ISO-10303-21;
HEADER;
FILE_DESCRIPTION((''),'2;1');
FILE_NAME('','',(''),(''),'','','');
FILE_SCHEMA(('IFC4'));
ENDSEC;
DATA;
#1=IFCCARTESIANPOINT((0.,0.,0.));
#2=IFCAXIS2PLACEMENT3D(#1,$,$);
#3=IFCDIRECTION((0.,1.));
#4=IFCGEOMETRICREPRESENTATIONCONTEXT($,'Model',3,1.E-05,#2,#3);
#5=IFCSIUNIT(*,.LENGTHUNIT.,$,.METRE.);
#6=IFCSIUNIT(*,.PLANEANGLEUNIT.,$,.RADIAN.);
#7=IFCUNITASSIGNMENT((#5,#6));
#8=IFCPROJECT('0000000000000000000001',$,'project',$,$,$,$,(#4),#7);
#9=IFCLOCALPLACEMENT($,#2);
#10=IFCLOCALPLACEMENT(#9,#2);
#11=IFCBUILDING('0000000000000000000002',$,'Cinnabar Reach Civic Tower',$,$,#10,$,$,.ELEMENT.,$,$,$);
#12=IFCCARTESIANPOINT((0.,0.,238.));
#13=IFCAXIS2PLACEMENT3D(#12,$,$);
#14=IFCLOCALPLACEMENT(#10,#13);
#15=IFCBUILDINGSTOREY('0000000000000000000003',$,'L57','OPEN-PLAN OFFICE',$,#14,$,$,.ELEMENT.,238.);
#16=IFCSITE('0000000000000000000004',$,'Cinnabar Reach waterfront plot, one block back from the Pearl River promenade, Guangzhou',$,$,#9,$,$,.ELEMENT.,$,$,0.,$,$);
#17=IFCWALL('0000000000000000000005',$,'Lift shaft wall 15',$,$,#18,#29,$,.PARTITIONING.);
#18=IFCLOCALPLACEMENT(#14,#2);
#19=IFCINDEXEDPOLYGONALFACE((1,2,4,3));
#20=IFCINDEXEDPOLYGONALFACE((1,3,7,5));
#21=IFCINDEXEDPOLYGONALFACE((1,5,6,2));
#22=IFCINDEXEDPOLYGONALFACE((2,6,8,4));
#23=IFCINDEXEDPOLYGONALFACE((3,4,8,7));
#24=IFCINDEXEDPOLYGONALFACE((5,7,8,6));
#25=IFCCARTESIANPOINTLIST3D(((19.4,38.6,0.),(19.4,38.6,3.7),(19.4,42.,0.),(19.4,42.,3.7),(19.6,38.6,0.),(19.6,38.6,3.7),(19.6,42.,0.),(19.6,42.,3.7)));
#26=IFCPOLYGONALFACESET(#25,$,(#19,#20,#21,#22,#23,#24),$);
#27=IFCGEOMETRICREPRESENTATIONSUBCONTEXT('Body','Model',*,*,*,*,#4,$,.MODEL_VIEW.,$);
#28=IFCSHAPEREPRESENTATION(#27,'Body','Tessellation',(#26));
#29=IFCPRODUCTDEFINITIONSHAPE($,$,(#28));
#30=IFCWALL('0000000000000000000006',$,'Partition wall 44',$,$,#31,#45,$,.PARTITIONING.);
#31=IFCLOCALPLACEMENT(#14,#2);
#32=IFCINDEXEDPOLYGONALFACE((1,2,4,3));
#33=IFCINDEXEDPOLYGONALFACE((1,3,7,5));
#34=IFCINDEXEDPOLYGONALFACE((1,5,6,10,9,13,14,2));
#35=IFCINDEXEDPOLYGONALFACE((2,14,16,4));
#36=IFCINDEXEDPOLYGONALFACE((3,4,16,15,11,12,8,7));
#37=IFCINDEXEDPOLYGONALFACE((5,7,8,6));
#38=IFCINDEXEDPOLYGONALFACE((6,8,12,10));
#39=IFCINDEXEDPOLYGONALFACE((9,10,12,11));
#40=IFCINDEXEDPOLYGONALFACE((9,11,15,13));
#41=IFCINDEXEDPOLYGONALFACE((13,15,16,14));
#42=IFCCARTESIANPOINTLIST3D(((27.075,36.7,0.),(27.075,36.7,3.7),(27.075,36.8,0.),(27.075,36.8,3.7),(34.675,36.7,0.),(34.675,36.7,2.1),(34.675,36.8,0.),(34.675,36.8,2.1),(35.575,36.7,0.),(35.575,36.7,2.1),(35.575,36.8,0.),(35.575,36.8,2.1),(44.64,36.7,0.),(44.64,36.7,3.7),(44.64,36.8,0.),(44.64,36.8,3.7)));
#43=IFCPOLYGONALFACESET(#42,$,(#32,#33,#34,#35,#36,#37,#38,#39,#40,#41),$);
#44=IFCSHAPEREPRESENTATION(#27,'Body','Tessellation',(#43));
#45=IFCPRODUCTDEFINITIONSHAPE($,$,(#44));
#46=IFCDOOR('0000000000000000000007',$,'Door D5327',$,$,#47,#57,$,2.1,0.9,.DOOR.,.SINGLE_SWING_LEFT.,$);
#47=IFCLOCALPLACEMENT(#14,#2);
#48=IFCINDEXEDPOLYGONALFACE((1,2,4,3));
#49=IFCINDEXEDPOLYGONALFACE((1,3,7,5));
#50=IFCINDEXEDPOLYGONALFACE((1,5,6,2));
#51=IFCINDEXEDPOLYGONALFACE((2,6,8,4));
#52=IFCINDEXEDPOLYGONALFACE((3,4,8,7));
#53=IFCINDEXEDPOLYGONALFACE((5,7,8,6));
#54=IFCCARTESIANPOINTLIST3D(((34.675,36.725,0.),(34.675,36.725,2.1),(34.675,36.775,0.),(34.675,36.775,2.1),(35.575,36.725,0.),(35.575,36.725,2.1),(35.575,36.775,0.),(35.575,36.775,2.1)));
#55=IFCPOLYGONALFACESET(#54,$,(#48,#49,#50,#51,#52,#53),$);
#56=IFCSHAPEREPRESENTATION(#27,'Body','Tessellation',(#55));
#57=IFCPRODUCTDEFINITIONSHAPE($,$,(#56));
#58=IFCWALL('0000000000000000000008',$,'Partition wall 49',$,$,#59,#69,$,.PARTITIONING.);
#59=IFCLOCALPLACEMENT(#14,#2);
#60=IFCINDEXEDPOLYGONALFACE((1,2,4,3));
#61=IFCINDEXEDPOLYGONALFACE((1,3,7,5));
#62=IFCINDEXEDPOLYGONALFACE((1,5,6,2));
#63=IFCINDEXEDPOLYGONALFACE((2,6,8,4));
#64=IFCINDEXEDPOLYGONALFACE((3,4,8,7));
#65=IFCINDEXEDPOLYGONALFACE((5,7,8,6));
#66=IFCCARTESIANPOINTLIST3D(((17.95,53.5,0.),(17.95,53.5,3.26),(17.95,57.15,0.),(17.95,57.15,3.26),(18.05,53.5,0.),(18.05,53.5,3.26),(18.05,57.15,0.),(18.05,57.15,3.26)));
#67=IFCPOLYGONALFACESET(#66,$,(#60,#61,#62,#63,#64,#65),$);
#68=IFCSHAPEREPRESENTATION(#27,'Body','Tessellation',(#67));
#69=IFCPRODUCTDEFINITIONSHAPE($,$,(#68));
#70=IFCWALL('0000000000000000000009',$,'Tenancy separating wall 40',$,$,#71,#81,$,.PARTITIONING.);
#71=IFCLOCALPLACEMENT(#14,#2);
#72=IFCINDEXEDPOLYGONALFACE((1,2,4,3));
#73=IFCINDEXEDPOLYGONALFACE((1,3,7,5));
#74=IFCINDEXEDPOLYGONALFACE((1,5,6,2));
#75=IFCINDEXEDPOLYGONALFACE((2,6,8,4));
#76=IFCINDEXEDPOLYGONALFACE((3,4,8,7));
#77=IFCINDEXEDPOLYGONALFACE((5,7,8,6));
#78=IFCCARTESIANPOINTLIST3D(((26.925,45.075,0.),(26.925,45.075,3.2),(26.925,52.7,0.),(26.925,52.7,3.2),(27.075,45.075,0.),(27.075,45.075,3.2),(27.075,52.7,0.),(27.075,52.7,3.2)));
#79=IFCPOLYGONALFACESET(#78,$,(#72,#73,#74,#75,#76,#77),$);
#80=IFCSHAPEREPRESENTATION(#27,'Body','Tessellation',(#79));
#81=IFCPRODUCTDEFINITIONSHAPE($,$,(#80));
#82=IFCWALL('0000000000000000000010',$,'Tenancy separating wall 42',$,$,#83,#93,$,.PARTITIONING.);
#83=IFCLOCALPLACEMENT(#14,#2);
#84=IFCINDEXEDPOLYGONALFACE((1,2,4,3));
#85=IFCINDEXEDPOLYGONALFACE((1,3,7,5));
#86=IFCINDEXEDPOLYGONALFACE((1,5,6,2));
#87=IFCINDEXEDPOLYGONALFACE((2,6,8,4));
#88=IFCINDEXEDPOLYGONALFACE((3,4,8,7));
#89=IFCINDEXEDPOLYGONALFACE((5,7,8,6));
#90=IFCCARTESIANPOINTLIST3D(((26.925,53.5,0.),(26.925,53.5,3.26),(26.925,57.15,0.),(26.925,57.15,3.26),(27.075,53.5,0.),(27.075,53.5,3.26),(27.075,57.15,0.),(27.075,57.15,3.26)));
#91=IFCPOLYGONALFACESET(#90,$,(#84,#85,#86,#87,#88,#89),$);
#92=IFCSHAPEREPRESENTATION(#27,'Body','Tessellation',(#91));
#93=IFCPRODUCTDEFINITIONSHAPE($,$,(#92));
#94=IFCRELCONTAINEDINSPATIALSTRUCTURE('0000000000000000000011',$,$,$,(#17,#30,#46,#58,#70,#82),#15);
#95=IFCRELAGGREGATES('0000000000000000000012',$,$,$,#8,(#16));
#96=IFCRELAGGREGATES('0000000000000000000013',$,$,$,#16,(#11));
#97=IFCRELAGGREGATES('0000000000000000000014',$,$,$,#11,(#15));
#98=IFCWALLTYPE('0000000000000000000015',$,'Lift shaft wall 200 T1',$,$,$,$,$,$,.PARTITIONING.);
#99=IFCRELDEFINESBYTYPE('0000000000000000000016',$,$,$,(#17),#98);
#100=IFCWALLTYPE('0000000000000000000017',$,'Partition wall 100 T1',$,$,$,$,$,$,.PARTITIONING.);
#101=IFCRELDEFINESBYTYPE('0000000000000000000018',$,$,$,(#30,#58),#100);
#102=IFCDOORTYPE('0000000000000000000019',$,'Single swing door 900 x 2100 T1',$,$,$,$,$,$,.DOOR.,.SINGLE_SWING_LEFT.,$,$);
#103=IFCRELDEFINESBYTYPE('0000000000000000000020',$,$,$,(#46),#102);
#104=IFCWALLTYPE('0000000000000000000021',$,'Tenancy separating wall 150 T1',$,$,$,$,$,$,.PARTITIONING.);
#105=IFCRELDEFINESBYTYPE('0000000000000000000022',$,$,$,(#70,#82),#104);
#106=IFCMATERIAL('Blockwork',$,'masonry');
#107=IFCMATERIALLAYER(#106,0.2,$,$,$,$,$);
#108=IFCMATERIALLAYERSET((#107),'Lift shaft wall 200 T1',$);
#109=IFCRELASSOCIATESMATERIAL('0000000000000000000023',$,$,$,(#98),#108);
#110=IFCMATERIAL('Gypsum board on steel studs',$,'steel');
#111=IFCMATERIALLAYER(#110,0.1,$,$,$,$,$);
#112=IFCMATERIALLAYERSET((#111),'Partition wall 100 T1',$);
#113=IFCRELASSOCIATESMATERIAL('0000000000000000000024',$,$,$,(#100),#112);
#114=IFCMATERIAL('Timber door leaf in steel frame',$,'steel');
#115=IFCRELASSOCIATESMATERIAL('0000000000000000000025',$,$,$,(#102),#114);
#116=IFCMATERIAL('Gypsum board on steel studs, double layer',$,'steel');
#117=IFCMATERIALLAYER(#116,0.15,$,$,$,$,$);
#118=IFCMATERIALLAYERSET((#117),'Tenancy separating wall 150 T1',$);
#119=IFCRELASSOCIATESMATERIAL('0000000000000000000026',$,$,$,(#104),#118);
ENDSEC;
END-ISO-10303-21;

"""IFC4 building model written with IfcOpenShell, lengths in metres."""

from ifc_helpers import new_model, si_unit, direction, frame, frame_2d, origin, place, context, subcontext, project, spatial, rectangle, extrude, material, layer, layer_set, type_object, element, fill, save


model = new_model("IFC4")

# Units and contexts
model_context = context("Model", 3, precision=1e-05, world=origin(), true_north=direction((0.0, 1.0)))
body_context = subcontext(model_context, "Body", "Model", "MODEL_VIEW")
ifc_project = project(units=[si_unit("LENGTHUNIT", "METRE"), si_unit("PLANEANGLEUNIT", "RADIAN")], contexts=[model_context])

# Site, building, storey
site_placement = place(None, origin())
site = spatial("IfcSite", under=ifc_project, at=site_placement, Name="Cinnabar Reach waterfront plot, one block back from the Pearl River promenade, Guangzhou", CompositionType="ELEMENT", RefElevation=0.0)
building_placement = place(site_placement, origin())
building = spatial("IfcBuilding", under=site, at=building_placement, Name="Cinnabar Reach Civic Tower", CompositionType="ELEMENT")
storey_placement = place(building_placement, frame((0.0, 0.0, 238.0)))
storey = spatial("IfcBuildingStorey", under=building, at=storey_placement, Name="L57", Description="OPEN-PLAN OFFICE", CompositionType="ELEMENT", Elevation=238.0)

# Shared definitions
ifc_material_1 = material(Name="Gypsum board on steel studs, double layer", Category="steel")

# Shared definitions
ifc_material_2 = material(Name="Timber door leaf in steel frame", Category="steel")

# Wall
ifc_material_3 = material(Name="Blockwork", Category="masonry")
ifc_layer_1 = layer(ifc_material_3, 0.2)
ifc_layer_set_1 = layer_set([ifc_layer_1], Name="Lift shaft wall 200 T1")
wall_type_1 = type_object("IfcWallType", Name="Lift shaft wall 200 T1", PredefinedType="PARTITIONING", material=ifc_layer_set_1)
wall_1_placement = place(storey_placement, frame((19.5, 38.6, 0.0), z_axis=(0.0, 0.0, 1.0), x_axis=(0.0, 1.0, 0.0)))
element("IfcWall", 1, at=wall_1_placement, inside=storey, type_object=wall_type_1, Name="Lift shaft wall 15", PredefinedType="PARTITIONING", context=body_context, shape_type="SweptSolid", body=[
    extrude(rectangle(XDim=3.4, YDim=0.2, at=frame_2d((1.7, 0.0))), origin(), (0.0, 0.0, 1.0), 3.7),
])

# Wall, opening, door
ifc_material_4 = material(Name="Gypsum board on steel studs", Category="steel")
ifc_layer_2 = layer(ifc_material_4, 0.1)
ifc_layer_set_2 = layer_set([ifc_layer_2], Name="Partition wall 100 T1")
wall_type_2 = type_object("IfcWallType", Name="Partition wall 100 T1", PredefinedType="PARTITIONING", material=ifc_layer_set_2)
wall_2_placement = place(storey_placement, frame((27.075, 36.75, 0.0), z_axis=(0.0, 0.0, 1.0), x_axis=(1.0, 0.0, 0.0)))
wall_2 = element("IfcWall", 2, at=wall_2_placement, inside=storey, type_object=wall_type_2, Name="Partition wall 44", PredefinedType="PARTITIONING", context=body_context, shape_type="SweptSolid", body=[
    extrude(rectangle(XDim=17.565, YDim=0.1, at=frame_2d((8.7825, 0.0))), origin(), (0.0, 0.0, 1.0), 3.7),
])
opening_1_placement = place(wall_2_placement, frame((7.6, 0.0, 0.0)))
opening_1 = element("IfcOpeningElement", 3, at=opening_1_placement, cuts=wall_2, PredefinedType="OPENING", context=body_context, shape_type="SweptSolid", body=[
    extrude(rectangle(XDim=0.9, YDim=2.1, at=frame_2d((0.45, 1.05))), frame((0.0, 0.06, 0.0), z_axis=(0.0, -1.0, 0.0), x_axis=(1.0, 0.0, 0.0)), (0.0, 0.0, 1.0), 0.12),
])
door_type_1 = type_object("IfcDoorType", Name="Single swing door 900 x 2100 T1", OperationType="SINGLE_SWING_LEFT", PredefinedType="DOOR", material=ifc_material_2)
door_1_placement = place(opening_1_placement, frame((0.9, 0.0, 0.0), z_axis=(0.0, 0.0, 1.0), x_axis=(-1.0, 0.0, 0.0)))
door_1 = element("IfcDoor", 4, at=door_1_placement, inside=storey, type_object=door_type_1, Name="Door D5327", OperationType="SINGLE_SWING_LEFT", OverallHeight=2.1, OverallWidth=0.9, PredefinedType="DOOR", context=body_context, shape_type="SweptSolid", body=[
    extrude(rectangle(XDim=0.9, YDim=2.1, at=frame_2d((0.45, 1.05))), frame((0.0, 0.025, 0.0), z_axis=(0.0, -1.0, 0.0), x_axis=(1.0, 0.0, 0.0)), (0.0, 0.0, 1.0), 0.05),
])
fill(opening_1, door_1)

# Walls
wall_3_placement = place(storey_placement, frame((18.0, 53.5, 0.0), z_axis=(0.0, 0.0, 1.0), x_axis=(0.0, 1.0, 0.0)))
element("IfcWall", 5, at=wall_3_placement, inside=storey, type_object=wall_type_2, Name="Partition wall 49", PredefinedType="PARTITIONING", context=body_context, shape_type="SweptSolid", body=[
    extrude(rectangle(XDim=3.65, YDim=0.1, at=frame_2d((1.825, 0.0))), origin(), (0.0, 0.0, 1.0), 3.26),
])
ifc_layer_3 = layer(ifc_material_1, 0.15)
ifc_layer_set_3 = layer_set([ifc_layer_3], Name="Tenancy separating wall 150 T1")
wall_type_3 = type_object("IfcWallType", Name="Tenancy separating wall 150 T1", PredefinedType="PARTITIONING", material=ifc_layer_set_3)
wall_4_placement = place(storey_placement, frame((27.0, 45.075, 0.0), z_axis=(0.0, 0.0, 1.0), x_axis=(0.0, 1.0, 0.0)))
element("IfcWall", 6, at=wall_4_placement, inside=storey, type_object=wall_type_3, Name="Tenancy separating wall 40", PredefinedType="PARTITIONING", context=body_context, shape_type="SweptSolid", body=[
    extrude(rectangle(XDim=7.625, YDim=0.15, at=frame_2d((3.8125, 0.0))), origin(), (0.0, 0.0, 1.0), 3.2),
])
wall_5_placement = place(storey_placement, frame((27.0, 53.5, 0.0), z_axis=(0.0, 0.0, 1.0), x_axis=(0.0, 1.0, 0.0)))
element("IfcWall", 7, at=wall_5_placement, inside=storey, type_object=wall_type_3, Name="Tenancy separating wall 42", PredefinedType="PARTITIONING", context=body_context, shape_type="SweptSolid", body=[
    extrude(rectangle(XDim=3.65, YDim=0.15, at=frame_2d((1.825, 0.0))), origin(), (0.0, 0.0, 1.0), 3.26),
])

save(model, "model.ifc")
